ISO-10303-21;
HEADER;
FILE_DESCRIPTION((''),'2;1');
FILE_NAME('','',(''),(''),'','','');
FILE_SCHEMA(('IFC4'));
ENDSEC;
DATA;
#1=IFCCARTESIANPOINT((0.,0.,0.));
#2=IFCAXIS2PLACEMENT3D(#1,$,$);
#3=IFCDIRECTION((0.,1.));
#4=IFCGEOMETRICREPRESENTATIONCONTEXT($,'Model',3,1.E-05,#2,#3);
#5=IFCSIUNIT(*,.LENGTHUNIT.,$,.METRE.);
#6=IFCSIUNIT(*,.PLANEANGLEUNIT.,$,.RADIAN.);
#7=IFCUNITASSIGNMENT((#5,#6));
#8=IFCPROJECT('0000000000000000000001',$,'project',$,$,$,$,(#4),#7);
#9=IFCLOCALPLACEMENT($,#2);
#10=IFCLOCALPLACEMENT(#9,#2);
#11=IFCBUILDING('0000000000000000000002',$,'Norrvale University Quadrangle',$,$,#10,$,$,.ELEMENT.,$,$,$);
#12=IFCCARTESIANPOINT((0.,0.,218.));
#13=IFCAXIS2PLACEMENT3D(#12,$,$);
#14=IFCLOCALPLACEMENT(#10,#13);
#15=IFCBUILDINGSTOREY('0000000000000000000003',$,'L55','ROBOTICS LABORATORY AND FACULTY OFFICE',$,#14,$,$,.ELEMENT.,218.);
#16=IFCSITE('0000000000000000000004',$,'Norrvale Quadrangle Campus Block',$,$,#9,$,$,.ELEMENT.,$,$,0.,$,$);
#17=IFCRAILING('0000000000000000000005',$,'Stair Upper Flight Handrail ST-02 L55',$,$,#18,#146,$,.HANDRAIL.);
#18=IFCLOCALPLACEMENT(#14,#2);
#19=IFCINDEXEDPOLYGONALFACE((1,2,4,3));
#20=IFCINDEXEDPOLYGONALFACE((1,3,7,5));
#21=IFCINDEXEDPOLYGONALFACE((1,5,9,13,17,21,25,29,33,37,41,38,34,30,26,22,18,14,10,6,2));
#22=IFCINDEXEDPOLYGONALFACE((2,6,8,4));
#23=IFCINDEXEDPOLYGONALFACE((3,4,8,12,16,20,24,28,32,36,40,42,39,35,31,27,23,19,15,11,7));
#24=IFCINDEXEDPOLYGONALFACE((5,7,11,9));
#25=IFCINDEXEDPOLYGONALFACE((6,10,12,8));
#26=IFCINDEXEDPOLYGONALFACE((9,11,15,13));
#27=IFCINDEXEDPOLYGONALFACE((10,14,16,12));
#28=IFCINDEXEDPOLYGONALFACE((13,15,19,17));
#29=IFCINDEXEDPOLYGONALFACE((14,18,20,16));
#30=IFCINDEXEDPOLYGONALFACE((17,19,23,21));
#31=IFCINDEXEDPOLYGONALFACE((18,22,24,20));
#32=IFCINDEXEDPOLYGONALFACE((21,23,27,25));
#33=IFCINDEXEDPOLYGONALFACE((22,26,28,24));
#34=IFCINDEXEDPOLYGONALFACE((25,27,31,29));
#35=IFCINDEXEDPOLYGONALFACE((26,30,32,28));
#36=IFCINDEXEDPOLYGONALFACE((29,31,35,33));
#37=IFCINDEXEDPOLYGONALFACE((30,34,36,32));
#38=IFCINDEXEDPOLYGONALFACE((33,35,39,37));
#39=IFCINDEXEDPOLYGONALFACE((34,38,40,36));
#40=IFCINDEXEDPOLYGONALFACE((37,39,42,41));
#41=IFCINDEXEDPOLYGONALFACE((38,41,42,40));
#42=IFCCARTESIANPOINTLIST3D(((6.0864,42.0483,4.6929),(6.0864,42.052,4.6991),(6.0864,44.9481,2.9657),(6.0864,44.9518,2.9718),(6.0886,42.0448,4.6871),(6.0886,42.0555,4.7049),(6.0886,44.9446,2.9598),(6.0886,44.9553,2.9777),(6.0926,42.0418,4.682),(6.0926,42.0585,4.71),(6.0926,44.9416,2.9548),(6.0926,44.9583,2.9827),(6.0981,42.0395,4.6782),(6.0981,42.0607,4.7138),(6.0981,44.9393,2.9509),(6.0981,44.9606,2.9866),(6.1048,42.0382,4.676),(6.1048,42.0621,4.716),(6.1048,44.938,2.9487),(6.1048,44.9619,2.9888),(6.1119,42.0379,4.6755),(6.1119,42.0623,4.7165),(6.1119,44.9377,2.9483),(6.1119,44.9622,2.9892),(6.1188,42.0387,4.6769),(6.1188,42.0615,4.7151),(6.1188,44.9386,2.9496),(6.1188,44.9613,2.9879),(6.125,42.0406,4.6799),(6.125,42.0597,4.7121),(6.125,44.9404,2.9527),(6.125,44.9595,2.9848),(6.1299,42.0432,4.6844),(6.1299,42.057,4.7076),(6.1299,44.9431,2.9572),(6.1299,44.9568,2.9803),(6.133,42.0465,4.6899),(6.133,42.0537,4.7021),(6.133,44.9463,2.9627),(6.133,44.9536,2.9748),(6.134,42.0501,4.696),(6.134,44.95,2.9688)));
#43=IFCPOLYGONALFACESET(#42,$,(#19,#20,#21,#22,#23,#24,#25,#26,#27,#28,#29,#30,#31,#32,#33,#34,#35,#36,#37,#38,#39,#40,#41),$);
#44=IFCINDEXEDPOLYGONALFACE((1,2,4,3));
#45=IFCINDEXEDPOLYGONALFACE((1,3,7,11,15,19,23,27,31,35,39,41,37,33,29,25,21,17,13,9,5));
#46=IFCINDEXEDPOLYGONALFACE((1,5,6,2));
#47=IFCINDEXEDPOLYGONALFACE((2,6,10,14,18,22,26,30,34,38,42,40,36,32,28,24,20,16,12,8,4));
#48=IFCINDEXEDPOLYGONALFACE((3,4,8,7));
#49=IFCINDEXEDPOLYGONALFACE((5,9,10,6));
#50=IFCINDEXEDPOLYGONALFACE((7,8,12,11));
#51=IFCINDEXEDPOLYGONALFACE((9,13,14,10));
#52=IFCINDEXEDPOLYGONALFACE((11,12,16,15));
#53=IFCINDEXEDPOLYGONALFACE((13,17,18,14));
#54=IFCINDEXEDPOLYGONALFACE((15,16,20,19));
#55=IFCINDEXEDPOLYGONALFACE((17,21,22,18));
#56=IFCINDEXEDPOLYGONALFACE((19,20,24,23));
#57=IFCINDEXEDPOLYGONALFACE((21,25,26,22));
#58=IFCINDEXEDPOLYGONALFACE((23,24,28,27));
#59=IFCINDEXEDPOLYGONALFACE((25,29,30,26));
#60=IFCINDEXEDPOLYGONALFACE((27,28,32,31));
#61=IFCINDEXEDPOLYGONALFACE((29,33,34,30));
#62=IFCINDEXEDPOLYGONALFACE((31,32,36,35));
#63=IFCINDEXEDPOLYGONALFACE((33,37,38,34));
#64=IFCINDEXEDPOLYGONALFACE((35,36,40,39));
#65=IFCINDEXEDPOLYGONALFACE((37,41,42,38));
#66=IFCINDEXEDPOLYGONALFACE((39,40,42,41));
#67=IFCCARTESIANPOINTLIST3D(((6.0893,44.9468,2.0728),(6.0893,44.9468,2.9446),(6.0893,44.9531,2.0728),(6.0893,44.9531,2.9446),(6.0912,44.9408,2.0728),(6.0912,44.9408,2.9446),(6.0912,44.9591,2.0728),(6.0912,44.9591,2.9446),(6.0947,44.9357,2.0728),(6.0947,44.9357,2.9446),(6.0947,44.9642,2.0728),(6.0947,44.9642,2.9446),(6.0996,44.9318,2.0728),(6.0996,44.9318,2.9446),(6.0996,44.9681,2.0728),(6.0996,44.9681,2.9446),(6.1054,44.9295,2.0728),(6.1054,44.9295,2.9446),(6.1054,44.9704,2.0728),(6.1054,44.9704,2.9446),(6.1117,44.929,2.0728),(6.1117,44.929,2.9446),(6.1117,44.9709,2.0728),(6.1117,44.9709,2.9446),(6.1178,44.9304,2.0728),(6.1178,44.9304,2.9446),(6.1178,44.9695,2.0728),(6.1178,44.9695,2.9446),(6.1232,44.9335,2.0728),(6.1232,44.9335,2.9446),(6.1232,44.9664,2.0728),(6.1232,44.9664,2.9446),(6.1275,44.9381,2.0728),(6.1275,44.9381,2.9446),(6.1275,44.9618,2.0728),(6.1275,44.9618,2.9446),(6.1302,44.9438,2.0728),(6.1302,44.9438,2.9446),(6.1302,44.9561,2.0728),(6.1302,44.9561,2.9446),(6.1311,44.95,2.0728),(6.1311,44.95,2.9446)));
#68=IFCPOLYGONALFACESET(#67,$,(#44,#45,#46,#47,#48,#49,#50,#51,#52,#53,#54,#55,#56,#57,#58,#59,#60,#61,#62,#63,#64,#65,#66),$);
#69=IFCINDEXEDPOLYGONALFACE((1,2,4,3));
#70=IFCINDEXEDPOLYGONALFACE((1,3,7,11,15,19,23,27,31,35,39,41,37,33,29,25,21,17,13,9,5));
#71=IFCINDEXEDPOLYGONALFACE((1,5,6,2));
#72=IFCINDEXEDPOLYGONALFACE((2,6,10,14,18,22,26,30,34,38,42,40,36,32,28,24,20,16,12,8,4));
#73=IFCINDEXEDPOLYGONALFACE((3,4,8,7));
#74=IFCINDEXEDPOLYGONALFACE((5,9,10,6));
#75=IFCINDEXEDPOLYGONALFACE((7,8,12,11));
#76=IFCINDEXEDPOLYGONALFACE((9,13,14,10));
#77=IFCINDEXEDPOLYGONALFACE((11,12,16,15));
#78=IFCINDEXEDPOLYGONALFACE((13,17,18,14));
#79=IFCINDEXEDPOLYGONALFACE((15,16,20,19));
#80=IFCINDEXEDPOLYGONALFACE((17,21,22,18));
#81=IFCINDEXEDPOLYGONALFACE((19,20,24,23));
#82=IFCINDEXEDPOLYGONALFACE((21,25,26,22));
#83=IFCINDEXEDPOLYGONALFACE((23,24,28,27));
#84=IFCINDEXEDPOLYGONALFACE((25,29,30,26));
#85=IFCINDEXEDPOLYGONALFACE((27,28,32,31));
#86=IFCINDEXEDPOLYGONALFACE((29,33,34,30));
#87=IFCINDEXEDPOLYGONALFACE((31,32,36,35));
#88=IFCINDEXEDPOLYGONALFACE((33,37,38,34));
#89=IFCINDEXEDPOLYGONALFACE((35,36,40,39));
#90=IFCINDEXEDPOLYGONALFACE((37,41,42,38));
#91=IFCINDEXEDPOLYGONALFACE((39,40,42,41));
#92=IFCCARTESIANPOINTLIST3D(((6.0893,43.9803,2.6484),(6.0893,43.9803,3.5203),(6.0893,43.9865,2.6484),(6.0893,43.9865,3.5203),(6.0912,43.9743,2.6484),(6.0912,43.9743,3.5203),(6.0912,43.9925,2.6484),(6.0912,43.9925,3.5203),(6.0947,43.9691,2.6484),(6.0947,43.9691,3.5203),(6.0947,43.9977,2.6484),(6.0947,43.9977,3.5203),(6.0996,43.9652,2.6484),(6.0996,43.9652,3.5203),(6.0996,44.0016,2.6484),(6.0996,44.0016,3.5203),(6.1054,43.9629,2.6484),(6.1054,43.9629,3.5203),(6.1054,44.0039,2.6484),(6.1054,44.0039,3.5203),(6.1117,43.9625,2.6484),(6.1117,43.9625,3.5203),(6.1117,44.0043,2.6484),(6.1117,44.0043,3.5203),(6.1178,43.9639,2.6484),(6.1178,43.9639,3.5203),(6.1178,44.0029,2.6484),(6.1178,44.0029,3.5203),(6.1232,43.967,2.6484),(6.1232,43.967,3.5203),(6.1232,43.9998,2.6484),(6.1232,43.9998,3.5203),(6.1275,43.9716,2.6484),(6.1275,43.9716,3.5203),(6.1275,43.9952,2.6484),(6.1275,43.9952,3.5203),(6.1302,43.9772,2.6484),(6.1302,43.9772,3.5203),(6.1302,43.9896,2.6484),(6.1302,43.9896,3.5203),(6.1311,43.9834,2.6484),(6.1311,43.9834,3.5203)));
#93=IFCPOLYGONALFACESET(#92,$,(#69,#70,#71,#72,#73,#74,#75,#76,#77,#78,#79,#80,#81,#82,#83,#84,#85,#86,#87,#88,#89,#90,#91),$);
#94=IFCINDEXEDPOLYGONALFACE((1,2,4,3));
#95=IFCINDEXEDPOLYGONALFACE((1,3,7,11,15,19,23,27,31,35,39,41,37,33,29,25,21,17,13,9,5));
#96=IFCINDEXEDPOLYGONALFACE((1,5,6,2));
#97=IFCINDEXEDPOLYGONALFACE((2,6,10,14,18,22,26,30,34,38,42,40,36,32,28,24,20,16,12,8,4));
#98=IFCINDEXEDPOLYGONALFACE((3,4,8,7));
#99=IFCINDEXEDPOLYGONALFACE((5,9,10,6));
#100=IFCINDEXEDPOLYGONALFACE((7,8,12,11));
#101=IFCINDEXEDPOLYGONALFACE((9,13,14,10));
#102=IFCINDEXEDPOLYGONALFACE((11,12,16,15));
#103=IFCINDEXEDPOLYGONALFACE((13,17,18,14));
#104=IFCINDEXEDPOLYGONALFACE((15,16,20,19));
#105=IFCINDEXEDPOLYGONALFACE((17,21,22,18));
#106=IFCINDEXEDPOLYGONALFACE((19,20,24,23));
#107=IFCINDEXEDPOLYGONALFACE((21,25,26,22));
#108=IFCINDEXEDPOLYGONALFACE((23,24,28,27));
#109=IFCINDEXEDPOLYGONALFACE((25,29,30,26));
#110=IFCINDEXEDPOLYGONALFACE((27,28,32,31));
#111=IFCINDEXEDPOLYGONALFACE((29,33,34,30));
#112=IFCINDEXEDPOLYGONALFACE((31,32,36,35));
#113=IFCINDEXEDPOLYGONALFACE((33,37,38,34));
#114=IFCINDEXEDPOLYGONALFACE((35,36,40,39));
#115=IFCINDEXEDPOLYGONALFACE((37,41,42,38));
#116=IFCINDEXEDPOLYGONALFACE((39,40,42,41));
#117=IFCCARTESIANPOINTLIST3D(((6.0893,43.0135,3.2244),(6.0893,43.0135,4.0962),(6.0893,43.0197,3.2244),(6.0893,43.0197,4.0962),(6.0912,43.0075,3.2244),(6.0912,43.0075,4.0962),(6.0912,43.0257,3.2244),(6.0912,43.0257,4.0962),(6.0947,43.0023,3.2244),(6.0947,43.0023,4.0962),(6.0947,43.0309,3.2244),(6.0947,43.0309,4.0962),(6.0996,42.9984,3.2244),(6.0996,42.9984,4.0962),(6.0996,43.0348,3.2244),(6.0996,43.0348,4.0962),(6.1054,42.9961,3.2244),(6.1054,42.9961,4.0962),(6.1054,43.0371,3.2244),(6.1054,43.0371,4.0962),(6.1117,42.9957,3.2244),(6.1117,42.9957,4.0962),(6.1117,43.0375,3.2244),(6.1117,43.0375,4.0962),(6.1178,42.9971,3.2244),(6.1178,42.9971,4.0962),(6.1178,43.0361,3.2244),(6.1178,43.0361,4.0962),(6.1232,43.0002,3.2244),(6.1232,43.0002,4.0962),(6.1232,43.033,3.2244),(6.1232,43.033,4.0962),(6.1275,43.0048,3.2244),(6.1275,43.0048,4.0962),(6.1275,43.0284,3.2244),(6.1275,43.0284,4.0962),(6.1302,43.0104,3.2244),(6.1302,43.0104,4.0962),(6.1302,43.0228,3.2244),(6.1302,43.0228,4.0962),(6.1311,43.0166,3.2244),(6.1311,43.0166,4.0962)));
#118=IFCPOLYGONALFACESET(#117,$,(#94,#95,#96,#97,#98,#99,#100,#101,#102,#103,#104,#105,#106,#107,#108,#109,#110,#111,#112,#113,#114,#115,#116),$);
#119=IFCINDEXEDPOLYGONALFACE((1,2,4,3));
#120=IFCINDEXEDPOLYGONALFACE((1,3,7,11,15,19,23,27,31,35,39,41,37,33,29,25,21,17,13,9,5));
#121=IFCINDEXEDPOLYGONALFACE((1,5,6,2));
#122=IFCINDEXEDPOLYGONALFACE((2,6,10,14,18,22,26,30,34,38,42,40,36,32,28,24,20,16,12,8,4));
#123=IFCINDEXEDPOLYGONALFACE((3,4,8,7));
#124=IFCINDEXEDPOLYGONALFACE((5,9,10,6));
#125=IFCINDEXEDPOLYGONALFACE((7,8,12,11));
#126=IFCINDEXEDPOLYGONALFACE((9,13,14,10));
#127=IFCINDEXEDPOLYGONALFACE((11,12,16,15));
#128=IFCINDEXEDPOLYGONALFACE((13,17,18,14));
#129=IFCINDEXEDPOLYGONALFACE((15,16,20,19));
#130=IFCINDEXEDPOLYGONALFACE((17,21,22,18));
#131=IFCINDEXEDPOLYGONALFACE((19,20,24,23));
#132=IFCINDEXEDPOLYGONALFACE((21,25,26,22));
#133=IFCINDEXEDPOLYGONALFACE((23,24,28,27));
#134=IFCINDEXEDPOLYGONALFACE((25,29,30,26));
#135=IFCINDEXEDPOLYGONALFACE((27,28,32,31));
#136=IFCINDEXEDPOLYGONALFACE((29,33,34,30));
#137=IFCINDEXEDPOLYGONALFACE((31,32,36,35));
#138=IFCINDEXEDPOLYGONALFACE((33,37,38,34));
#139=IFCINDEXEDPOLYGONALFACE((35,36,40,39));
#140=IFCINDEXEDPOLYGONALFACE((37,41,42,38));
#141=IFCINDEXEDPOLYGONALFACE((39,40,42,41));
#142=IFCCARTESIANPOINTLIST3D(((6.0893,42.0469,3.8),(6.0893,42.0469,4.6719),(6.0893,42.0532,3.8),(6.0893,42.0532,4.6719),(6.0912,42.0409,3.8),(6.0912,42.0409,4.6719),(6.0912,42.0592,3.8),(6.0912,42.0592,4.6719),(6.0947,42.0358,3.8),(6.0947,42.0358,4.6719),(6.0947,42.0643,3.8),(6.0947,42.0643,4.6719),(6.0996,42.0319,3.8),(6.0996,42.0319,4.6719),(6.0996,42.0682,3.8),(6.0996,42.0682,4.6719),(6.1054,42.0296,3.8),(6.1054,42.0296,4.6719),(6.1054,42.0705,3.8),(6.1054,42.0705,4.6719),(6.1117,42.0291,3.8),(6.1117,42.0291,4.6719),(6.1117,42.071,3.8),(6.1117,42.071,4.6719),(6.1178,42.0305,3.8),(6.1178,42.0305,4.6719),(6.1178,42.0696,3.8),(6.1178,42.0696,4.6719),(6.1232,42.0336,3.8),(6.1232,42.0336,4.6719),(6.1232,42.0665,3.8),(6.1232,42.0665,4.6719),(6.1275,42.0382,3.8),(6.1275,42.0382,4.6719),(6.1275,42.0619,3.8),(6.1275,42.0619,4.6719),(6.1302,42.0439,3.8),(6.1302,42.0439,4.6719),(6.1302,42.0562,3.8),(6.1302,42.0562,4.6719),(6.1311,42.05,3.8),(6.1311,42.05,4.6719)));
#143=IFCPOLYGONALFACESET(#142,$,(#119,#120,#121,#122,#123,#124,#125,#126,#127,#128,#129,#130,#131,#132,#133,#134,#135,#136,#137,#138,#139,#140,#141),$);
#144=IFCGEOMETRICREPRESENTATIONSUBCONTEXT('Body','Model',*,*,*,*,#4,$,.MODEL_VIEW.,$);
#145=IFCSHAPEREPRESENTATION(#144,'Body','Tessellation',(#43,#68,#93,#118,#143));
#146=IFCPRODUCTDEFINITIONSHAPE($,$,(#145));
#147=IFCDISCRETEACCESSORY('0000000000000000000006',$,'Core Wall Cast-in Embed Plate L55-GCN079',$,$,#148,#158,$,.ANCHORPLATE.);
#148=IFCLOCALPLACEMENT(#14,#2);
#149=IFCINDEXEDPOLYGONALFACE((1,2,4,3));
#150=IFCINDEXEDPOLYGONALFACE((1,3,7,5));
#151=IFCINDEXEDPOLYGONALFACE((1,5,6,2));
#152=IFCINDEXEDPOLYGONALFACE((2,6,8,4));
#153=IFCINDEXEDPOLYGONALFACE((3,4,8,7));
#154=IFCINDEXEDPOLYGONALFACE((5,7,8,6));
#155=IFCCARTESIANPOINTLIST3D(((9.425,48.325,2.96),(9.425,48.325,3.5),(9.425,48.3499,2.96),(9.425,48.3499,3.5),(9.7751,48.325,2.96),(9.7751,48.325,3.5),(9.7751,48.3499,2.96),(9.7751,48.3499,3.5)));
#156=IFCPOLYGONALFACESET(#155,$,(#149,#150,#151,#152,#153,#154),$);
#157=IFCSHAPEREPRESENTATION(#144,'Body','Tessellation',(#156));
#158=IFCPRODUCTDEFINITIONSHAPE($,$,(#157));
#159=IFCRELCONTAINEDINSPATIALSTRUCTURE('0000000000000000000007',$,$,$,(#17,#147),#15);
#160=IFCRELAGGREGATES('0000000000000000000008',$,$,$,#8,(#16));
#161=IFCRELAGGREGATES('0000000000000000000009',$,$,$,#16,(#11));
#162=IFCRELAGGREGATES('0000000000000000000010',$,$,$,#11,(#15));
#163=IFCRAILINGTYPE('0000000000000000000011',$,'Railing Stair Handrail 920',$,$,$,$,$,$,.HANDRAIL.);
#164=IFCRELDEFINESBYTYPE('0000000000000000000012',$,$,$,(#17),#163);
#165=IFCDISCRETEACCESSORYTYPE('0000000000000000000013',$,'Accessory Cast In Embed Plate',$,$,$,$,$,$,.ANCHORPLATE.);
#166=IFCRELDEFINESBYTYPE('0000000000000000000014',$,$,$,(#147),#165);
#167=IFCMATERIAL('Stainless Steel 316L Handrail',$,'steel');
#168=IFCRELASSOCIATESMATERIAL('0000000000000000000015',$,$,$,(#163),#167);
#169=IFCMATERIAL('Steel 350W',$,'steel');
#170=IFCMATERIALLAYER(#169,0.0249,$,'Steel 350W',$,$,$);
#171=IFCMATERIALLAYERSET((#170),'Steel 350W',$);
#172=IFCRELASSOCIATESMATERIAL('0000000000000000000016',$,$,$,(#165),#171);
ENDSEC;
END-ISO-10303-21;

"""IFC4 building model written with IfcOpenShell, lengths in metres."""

from ifc_helpers import new_model, si_unit, direction, frame, origin, origin_2d, place, context, subcontext, project, spatial, rectangle, circle, extrude, material, layer, layer_set, type_object, element, save


model = new_model("IFC4")

# Units and contexts
model_context = context("Model", 3, precision=1e-05, world=origin(), true_north=direction((0.0, 1.0)))
body_context = subcontext(model_context, "Body", "Model", "MODEL_VIEW")
ifc_project = project(units=[si_unit("LENGTHUNIT", "METRE"), si_unit("PLANEANGLEUNIT", "RADIAN")], contexts=[model_context])

# Site, building, storey
site_placement = place(None, origin())
site = spatial("IfcSite", under=ifc_project, at=site_placement, Name="Norrvale Quadrangle Campus Block", CompositionType="ELEMENT", RefElevation=0.0)
building_placement = place(site_placement, origin())
building = spatial("IfcBuilding", under=site, at=building_placement, Name="Norrvale University Quadrangle", CompositionType="ELEMENT")
storey_placement = place(building_placement, frame((0.0, 0.0, 218.0)))
storey = spatial("IfcBuildingStorey", under=building, at=storey_placement, Name="L55", Description="ROBOTICS LABORATORY AND FACULTY OFFICE", CompositionType="ELEMENT", Elevation=218.0)

# Shared definitions
ifc_material_1 = material(Name="Steel 350W", Category="steel")

# Railing
ifc_material_2 = material(Name="Stainless Steel 316L Handrail", Category="steel")
railing_type_1 = type_object("IfcRailingType", Name="Railing Stair Handrail 920", PredefinedType="HANDRAIL", material=ifc_material_2)
railing_1_placement = place(storey_placement, frame((6.1101, 44.95, 2.0728)))
element("IfcRailing", 1, at=railing_1_placement, inside=storey, type_object=railing_type_1, Name="Stair Upper Flight Handrail ST-02 L55", PredefinedType="HANDRAIL", context=body_context, shape_type="SweptSolid", body=[
    extrude(circle(Radius=0.0239, at=origin_2d()), frame((0.0, 0.0, 0.896), z_axis=(0.0, -0.859141, 0.511738), x_axis=(1.0, 0.0, 0.0)), (0.0, 0.0, 1.0), 3.3752),
    extrude(circle(Radius=0.021, at=origin_2d()), origin(), (0.0, 0.0, 1.0), 0.8718),
    extrude(circle(Radius=0.021, at=origin_2d()), frame((0.0, -0.9666, 0.5757)), (0.0, 0.0, 1.0), 0.8718),
    extrude(circle(Radius=0.021, at=origin_2d()), frame((0.0, -1.9333, 1.1516)), (0.0, 0.0, 1.0), 0.8718),
    extrude(circle(Radius=0.021, at=origin_2d()), frame((0.0, -2.8999, 1.7273)), (0.0, 0.0, 1.0), 0.8718),
])

# Discrete accessory
ifc_layer_1 = layer(ifc_material_1, 0.0249, Name="Steel 350W")
ifc_layer_set_1 = layer_set([ifc_layer_1], Name="Steel 350W")
discrete_accessory_type = type_object("IfcDiscreteAccessoryType", Name="Accessory Cast In Embed Plate", PredefinedType="ANCHORPLATE", material=ifc_layer_set_1)
discrete_accessory_placement = place(storey_placement, frame((9.6001, 48.3374, 2.96), z_axis=(0.0, 0.0, 1.0), x_axis=(1.0, 0.0, 0.0)))
element("IfcDiscreteAccessory", 2, at=discrete_accessory_placement, inside=storey, type_object=discrete_accessory_type, Name="Core Wall Cast-in Embed Plate L55-GCN079", PredefinedType="ANCHORPLATE", context=body_context, shape_type="SweptSolid", body=[
    extrude(rectangle(XDim=0.3501, YDim=0.0249, at=origin_2d()), origin(), (0.0, 0.0, 1.0), 0.54),
])

save(model, "model.ifc")
